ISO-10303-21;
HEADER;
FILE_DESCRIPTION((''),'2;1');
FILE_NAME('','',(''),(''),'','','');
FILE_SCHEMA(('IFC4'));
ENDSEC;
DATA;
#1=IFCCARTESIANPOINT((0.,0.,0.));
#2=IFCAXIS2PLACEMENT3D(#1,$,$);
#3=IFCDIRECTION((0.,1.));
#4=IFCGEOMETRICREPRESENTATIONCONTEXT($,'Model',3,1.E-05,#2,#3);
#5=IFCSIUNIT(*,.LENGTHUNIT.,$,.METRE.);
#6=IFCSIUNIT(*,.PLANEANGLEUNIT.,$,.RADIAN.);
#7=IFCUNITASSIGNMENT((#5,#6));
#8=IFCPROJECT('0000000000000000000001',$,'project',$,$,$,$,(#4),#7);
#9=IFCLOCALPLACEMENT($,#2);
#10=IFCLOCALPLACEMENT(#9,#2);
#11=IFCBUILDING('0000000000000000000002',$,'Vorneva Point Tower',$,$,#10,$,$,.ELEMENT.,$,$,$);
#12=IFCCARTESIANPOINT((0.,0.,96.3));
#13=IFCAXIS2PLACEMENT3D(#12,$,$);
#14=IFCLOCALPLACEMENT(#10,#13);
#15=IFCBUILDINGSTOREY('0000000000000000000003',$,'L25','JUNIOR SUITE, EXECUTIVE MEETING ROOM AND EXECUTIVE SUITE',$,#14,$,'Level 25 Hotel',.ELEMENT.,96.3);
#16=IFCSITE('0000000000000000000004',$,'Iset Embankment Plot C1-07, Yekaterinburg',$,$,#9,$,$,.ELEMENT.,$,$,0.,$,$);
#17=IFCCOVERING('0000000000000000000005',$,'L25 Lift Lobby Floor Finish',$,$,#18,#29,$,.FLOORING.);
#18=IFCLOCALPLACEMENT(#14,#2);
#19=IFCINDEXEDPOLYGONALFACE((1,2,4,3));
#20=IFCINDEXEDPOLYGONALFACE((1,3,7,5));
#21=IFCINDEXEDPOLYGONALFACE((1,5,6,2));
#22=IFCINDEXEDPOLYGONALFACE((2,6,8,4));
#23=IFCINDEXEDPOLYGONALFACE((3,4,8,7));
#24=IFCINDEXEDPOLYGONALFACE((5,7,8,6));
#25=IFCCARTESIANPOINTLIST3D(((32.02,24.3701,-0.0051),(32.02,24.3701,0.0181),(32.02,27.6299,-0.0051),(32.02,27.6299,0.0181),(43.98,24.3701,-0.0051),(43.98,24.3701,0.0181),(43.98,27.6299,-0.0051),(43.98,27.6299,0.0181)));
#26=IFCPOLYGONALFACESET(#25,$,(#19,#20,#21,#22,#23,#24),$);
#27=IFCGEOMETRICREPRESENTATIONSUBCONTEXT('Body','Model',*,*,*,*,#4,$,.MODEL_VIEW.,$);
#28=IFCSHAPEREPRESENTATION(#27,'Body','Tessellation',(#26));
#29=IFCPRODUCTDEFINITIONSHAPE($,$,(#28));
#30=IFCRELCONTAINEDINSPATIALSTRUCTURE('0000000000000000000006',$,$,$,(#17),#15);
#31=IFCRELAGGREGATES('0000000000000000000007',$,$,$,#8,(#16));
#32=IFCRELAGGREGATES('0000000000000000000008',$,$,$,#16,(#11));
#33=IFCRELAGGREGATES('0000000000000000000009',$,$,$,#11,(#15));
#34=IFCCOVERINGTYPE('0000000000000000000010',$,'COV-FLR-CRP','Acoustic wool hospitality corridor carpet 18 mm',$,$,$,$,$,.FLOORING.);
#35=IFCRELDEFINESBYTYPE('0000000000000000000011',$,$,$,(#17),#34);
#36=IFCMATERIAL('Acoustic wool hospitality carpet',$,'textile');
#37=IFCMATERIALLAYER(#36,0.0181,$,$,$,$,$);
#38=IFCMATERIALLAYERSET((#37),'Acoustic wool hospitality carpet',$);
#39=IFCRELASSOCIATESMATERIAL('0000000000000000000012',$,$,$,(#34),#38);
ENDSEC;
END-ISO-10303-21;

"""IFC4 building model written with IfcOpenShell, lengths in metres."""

from ifc_helpers import new_model, si_unit, direction, frame, origin, place, context, subcontext, project, spatial, polyline, outline, extrude, material, layer, layer_set, type_object, element, save


model = new_model("IFC4")

# Units and contexts
model_context = context("Model", 3, precision=1e-05, world=origin(), true_north=direction((0.0, 1.0)))
body_context = subcontext(model_context, "Body", "Model", "MODEL_VIEW")
ifc_project = project(units=[si_unit("LENGTHUNIT", "METRE"), si_unit("PLANEANGLEUNIT", "RADIAN")], contexts=[model_context])

# Site, building, storey
site_placement = place(None, origin())
site = spatial("IfcSite", under=ifc_project, at=site_placement, Name="Iset Embankment Plot C1-07, Yekaterinburg", CompositionType="ELEMENT", RefElevation=0.0)
building_placement = place(site_placement, origin())
building = spatial("IfcBuilding", under=site, at=building_placement, Name="Vorneva Point Tower", CompositionType="ELEMENT")
storey_placement = place(building_placement, frame((0.0, 0.0, 96.3)))
storey = spatial("IfcBuildingStorey", under=building, at=storey_placement, Name="L25", Description="JUNIOR SUITE, EXECUTIVE MEETING ROOM AND EXECUTIVE SUITE", LongName="Level 25 Hotel", CompositionType="ELEMENT", Elevation=96.3)

# Covering
ifc_material_1 = material(Name="Acoustic wool hospitality carpet", Category="textile")
ifc_layer_1 = layer(ifc_material_1, 0.0181)
ifc_layer_set_1 = layer_set([ifc_layer_1], Name="Acoustic wool hospitality carpet")
covering_type = type_object("IfcCoveringType", Name="COV-FLR-CRP", Description="Acoustic wool hospitality corridor carpet 18 mm", PredefinedType="FLOORING", material=ifc_layer_set_1)
covering_placement = place(storey_placement, frame((0.0, 0.0, -0.0051)))
element("IfcCovering", 1, at=covering_placement, inside=storey, type_object=covering_type, Name="L25 Lift Lobby Floor Finish", PredefinedType="FLOORING", context=body_context, shape_type="SweptSolid", body=[
    extrude(outline(polyline([(32.02, 24.3701), (43.98, 24.3701), (43.98, 27.6299), (32.02, 27.6299), (32.02, 24.3701)])), origin(), (0.0, 0.0, 1.0), 0.0232),
])

save(model, "model.ifc")
